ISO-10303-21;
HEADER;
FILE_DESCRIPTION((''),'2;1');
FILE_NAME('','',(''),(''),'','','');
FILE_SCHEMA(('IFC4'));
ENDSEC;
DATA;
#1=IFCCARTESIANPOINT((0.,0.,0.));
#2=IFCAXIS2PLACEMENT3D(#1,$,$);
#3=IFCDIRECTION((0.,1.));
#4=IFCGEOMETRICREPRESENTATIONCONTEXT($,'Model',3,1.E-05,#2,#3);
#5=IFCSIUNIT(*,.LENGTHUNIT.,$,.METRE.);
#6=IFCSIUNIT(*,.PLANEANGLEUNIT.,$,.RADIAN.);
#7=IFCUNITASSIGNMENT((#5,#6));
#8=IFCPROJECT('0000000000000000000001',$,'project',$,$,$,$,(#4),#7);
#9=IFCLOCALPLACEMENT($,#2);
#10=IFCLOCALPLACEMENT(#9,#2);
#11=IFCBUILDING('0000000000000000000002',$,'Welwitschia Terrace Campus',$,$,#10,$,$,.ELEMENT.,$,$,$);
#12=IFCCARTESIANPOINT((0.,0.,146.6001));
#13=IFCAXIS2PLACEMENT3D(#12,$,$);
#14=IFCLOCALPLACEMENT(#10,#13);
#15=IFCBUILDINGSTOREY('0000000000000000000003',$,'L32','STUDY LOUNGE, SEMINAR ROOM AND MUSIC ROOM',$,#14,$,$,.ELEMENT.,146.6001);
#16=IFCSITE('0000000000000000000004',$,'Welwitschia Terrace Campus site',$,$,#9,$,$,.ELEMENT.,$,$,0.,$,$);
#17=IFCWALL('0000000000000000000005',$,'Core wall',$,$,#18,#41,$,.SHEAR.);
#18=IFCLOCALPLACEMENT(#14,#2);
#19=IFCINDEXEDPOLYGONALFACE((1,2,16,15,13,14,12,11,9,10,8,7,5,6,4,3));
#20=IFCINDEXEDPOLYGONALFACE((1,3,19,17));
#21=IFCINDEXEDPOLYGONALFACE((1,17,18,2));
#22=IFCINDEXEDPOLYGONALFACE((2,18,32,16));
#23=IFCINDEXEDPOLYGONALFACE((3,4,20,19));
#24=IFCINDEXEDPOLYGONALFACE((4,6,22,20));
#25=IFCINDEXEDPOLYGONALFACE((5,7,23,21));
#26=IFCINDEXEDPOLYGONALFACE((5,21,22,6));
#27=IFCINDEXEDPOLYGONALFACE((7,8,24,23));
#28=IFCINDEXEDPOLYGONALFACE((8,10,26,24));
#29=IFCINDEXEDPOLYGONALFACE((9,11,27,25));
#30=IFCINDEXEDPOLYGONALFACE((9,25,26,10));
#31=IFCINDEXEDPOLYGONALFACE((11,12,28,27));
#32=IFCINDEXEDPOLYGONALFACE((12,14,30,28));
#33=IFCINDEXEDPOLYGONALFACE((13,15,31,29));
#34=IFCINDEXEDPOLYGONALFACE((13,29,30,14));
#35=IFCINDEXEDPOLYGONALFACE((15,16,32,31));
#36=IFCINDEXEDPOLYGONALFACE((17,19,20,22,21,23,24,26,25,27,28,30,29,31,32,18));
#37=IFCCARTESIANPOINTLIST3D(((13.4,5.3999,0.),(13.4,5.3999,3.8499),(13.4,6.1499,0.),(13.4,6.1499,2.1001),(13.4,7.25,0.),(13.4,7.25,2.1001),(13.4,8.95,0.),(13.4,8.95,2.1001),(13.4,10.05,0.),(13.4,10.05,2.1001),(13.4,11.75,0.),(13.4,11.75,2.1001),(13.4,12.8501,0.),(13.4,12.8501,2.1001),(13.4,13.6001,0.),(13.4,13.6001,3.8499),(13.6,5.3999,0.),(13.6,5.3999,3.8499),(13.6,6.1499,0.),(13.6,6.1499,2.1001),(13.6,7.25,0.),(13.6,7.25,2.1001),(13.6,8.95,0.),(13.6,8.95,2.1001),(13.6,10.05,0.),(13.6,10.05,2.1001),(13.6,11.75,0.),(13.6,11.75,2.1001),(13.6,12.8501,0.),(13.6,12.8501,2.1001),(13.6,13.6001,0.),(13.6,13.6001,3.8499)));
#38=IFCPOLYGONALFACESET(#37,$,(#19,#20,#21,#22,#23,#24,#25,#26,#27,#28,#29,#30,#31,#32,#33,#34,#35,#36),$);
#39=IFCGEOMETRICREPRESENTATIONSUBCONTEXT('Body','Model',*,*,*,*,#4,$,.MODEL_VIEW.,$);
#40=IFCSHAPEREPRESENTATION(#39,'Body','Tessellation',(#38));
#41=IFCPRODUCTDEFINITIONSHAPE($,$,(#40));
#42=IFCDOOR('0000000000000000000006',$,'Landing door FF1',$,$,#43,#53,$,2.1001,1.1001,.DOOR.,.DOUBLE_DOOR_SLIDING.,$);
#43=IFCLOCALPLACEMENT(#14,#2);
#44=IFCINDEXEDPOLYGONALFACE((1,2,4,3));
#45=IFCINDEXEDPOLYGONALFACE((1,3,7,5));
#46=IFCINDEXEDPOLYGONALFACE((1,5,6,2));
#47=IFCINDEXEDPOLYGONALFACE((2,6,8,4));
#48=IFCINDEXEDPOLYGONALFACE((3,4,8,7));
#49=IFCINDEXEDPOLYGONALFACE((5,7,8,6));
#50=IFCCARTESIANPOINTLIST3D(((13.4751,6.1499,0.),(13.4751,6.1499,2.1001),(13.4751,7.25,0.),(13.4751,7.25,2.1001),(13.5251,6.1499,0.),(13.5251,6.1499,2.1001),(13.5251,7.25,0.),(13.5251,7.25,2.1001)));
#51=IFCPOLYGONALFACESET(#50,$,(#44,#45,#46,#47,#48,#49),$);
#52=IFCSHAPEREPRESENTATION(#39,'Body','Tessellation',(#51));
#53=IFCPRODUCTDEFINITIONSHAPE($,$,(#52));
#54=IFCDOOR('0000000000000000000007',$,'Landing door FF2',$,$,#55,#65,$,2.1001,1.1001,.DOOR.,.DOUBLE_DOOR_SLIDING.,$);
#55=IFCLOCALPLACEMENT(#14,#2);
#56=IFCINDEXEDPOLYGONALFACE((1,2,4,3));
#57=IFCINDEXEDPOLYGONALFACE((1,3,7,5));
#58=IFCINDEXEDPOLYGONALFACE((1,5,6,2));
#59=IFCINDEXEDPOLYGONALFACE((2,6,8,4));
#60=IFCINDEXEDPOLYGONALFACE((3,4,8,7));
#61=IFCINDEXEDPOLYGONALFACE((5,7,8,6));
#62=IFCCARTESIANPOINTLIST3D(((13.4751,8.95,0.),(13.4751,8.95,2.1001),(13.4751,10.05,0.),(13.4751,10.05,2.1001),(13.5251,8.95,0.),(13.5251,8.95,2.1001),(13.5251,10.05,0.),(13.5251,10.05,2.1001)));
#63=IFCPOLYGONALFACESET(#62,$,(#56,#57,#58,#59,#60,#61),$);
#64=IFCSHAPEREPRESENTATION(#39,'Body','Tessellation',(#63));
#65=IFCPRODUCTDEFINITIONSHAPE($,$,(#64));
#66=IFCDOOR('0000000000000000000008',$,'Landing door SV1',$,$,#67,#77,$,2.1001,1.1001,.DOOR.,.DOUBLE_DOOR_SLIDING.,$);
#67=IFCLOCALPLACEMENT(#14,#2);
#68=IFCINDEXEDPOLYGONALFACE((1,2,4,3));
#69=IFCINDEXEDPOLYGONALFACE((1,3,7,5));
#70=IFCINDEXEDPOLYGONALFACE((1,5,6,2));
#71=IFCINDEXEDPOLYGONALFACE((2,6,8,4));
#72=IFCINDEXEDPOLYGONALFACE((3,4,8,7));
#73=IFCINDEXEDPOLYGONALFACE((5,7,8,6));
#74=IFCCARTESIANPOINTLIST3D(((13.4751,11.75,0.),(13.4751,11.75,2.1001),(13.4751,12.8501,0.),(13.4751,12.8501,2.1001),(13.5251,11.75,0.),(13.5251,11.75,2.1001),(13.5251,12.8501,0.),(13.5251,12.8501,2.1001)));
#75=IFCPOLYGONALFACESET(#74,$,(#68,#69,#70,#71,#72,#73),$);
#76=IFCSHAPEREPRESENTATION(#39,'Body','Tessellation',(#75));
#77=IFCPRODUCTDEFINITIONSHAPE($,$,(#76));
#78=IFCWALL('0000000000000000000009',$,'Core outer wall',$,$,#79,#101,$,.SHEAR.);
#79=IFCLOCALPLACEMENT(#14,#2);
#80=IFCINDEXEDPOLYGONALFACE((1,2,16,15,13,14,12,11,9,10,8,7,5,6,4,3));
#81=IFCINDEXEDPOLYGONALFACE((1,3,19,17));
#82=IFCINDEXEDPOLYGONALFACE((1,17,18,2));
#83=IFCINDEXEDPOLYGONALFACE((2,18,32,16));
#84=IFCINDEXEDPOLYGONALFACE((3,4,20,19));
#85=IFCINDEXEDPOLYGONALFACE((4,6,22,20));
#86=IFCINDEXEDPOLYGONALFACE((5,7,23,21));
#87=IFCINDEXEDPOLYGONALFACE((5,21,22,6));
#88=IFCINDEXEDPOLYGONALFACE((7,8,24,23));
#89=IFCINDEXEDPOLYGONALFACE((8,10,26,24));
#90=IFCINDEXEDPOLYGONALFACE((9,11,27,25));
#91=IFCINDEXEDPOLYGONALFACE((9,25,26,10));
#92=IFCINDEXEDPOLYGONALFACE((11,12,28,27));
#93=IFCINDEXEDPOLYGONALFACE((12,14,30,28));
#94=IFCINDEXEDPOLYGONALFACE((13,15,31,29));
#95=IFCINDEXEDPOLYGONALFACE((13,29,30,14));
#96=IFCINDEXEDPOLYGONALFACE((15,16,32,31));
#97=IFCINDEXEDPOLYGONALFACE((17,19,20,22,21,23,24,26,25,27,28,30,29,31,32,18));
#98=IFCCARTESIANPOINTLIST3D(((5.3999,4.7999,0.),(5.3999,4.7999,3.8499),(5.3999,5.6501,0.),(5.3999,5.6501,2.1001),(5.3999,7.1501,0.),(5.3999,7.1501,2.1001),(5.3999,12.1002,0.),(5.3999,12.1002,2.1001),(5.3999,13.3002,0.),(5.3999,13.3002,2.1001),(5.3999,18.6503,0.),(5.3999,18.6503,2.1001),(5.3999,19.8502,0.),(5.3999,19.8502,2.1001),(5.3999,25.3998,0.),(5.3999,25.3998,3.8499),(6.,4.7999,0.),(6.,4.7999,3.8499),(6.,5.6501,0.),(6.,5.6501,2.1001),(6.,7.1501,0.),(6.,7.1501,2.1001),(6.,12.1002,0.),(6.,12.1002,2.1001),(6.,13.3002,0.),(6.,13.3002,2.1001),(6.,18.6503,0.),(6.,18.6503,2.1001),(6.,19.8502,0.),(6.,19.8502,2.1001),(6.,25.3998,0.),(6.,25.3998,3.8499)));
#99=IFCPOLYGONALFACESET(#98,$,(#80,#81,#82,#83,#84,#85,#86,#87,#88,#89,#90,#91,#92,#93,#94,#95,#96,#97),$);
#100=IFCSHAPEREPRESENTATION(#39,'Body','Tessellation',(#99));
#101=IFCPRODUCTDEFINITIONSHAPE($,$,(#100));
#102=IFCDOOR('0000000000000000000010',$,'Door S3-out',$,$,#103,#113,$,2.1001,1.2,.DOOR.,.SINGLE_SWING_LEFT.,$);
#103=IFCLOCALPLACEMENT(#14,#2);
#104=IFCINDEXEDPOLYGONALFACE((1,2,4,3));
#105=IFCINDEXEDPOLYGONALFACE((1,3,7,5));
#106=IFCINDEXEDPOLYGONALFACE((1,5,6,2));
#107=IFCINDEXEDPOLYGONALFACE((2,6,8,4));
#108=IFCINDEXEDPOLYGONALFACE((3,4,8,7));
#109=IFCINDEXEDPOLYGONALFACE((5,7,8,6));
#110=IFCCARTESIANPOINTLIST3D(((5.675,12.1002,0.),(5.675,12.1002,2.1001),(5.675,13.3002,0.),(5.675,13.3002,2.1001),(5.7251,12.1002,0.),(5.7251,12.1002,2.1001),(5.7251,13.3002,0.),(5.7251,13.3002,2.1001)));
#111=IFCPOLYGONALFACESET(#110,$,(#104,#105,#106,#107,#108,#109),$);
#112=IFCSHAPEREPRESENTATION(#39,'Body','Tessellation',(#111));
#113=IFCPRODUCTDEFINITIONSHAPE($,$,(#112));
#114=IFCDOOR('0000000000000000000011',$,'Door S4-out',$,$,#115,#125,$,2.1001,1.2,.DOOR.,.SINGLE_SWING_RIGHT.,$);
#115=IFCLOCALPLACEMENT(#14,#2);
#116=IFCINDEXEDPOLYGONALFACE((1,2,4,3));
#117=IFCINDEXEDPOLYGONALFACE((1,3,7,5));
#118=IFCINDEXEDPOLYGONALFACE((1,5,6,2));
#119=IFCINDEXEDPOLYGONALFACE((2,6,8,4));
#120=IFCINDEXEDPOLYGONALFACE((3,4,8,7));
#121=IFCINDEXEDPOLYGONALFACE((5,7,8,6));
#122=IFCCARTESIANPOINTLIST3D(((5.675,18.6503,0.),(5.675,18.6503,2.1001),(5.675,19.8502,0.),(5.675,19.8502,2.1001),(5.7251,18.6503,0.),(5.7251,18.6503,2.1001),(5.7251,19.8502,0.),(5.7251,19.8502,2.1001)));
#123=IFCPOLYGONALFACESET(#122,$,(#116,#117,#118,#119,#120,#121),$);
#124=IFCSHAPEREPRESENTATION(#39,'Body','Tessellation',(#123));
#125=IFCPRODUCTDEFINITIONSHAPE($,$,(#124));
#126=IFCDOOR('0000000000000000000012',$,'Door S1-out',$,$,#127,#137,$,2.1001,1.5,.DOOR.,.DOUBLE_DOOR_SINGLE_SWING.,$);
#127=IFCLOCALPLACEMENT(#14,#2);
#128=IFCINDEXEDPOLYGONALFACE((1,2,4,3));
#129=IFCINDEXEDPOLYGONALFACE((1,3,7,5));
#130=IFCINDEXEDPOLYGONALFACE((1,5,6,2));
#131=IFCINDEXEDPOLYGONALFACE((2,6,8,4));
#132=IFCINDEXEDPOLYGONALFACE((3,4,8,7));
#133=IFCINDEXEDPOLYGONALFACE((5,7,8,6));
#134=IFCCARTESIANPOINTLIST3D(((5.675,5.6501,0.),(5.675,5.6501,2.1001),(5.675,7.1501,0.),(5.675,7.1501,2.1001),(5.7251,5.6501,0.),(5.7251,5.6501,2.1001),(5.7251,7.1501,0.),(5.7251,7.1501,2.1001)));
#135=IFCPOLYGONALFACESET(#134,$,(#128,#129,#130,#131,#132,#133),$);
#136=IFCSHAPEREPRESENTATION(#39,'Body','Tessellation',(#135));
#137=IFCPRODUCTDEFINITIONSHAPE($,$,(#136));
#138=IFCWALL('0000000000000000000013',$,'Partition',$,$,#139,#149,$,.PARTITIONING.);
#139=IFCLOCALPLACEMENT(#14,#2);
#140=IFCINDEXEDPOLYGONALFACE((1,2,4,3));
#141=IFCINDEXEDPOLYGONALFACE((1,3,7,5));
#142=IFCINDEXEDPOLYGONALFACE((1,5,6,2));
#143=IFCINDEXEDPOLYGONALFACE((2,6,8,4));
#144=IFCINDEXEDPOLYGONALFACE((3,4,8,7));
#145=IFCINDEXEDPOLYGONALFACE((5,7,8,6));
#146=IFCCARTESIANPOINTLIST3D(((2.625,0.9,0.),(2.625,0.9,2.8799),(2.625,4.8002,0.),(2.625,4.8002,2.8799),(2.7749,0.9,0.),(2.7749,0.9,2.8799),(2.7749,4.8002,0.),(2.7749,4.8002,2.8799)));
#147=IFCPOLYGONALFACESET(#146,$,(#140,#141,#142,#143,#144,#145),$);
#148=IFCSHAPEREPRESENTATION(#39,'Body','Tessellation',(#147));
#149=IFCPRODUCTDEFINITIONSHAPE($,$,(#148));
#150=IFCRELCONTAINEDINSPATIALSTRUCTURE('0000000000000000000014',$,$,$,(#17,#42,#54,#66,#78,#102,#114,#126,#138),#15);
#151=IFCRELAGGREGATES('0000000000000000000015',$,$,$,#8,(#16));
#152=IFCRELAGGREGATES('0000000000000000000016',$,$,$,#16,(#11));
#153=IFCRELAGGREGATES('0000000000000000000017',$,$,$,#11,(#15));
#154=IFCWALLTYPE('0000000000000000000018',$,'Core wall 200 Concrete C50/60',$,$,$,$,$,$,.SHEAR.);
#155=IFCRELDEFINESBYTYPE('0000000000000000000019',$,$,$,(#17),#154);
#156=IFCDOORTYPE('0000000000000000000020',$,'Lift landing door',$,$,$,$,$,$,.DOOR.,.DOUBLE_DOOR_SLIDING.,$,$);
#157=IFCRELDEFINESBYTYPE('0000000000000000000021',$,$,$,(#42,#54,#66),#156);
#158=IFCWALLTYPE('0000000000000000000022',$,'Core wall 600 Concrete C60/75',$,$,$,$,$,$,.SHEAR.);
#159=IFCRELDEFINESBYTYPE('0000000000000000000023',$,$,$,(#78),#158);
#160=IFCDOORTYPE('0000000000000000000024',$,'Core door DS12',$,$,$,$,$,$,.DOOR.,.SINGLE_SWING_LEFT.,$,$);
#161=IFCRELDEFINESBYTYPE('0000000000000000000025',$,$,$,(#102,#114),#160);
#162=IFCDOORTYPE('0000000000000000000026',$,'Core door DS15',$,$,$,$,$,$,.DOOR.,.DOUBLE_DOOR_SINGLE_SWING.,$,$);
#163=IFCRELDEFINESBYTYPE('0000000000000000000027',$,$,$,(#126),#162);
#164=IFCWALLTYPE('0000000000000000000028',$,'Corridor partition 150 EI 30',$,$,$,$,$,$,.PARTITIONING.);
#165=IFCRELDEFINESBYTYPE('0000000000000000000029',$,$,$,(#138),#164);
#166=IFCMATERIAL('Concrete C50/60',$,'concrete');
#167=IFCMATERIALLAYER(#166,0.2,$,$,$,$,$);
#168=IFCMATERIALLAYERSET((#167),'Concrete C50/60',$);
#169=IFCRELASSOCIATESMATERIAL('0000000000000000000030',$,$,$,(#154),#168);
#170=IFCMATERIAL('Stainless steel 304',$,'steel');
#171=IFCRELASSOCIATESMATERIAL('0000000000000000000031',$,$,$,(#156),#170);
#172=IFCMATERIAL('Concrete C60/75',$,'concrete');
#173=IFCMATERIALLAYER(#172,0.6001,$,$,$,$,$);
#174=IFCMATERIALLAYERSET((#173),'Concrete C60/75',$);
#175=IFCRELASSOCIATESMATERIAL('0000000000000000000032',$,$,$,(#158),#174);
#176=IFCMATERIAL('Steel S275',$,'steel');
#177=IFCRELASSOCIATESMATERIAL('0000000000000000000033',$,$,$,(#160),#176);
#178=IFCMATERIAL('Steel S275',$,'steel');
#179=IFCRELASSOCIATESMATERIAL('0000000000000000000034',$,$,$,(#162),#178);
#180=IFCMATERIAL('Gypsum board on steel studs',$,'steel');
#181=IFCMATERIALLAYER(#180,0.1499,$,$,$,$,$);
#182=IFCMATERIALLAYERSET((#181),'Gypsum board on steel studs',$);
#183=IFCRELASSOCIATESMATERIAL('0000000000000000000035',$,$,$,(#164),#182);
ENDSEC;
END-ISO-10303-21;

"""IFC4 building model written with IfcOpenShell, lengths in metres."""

from ifc_helpers import new_model, si_unit, direction, frame, frame_2d, origin, place, context, subcontext, project, spatial, rectangle, extrude, material, layer, layer_set, type_object, element, fill, save


model = new_model("IFC4")

# Units and contexts
model_context = context("Model", 3, precision=1e-05, world=origin(), true_north=direction((0.0, 1.0)))
body_context = subcontext(model_context, "Body", "Model", "MODEL_VIEW")
ifc_project = project(units=[si_unit("LENGTHUNIT", "METRE"), si_unit("PLANEANGLEUNIT", "RADIAN")], contexts=[model_context])

# Site, building, storey
site_placement = place(None, origin())
site = spatial("IfcSite", under=ifc_project, at=site_placement, Name="Welwitschia Terrace Campus site", CompositionType="ELEMENT", RefElevation=0.0)
building_placement = place(site_placement, origin())
building = spatial("IfcBuilding", under=site, at=building_placement, Name="Welwitschia Terrace Campus", CompositionType="ELEMENT")
storey_placement = place(building_placement, frame((0.0, 0.0, 146.6001)))
storey = spatial("IfcBuildingStorey", under=building, at=storey_placement, Name="L32", Description="STUDY LOUNGE, SEMINAR ROOM AND MUSIC ROOM", CompositionType="ELEMENT", Elevation=146.6001)

# Walls, openings, doors
ifc_material_1 = material(Name="Concrete C50/60", Category="concrete")
ifc_layer_1 = layer(ifc_material_1, 0.2)
ifc_layer_set_1 = layer_set([ifc_layer_1], Name="Concrete C50/60")
wall_type_1 = type_object("IfcWallType", Name="Core wall 200 Concrete C50/60", PredefinedType="SHEAR", material=ifc_layer_set_1)
wall_1_placement = place(storey_placement, frame((13.5, 5.3999, 0.0), z_axis=(0.0, 0.0, 1.0), x_axis=(0.0, 1.0, 0.0)))
wall_1 = element("IfcWall", 1, at=wall_1_placement, inside=storey, type_object=wall_type_1, Name="Core wall", PredefinedType="SHEAR", context=body_context, shape_type="SweptSolid", body=[
    extrude(rectangle(XDim=8.2002, YDim=0.2, at=frame_2d((4.1001, 0.0))), origin(), (0.0, 0.0, 1.0), 3.8499),
])
opening_1_placement = place(wall_1_placement, frame((0.75, 0.0, 0.0)))
opening_1 = element("IfcOpeningElement", 2, at=opening_1_placement, cuts=wall_1, PredefinedType="OPENING", context=body_context, shape_type="SweptSolid", body=[
    extrude(rectangle(XDim=1.1001, YDim=2.1001, at=frame_2d((0.55, 1.05))), frame((0.0, 0.1099, 0.0), z_axis=(0.0, -1.0, 0.0), x_axis=(1.0, 0.0, 0.0)), (0.0, 0.0, 1.0), 0.22),
])
opening_2_placement = place(wall_1_placement, frame((3.55, 0.0, 0.0)))
opening_2 = element("IfcOpeningElement", 3, at=opening_2_placement, cuts=wall_1, PredefinedType="OPENING", context=body_context, shape_type="SweptSolid", body=[
    extrude(rectangle(XDim=1.1001, YDim=2.1001, at=frame_2d((0.55, 1.05))), frame((0.0, 0.1099, 0.0), z_axis=(0.0, -1.0, 0.0), x_axis=(1.0, 0.0, 0.0)), (0.0, 0.0, 1.0), 0.22),
])
opening_3_placement = place(wall_1_placement, frame((6.3501, 0.0, 0.0)))
opening_3 = element("IfcOpeningElement", 4, at=opening_3_placement, cuts=wall_1, PredefinedType="OPENING", context=body_context, shape_type="SweptSolid", body=[
    extrude(rectangle(XDim=1.1001, YDim=2.1001, at=frame_2d((0.55, 1.05))), frame((0.0, 0.1099, 0.0), z_axis=(0.0, -1.0, 0.0), x_axis=(1.0, 0.0, 0.0)), (0.0, 0.0, 1.0), 0.22),
])
ifc_material_2 = material(Name="Stainless steel 304", Category="steel")
door_type_1 = type_object("IfcDoorType", Name="Lift landing door", OperationType="DOUBLE_DOOR_SLIDING", PredefinedType="DOOR", material=ifc_material_2)
door_1_placement = place(opening_1_placement, origin())
door_1 = element("IfcDoor", 5, at=door_1_placement, inside=storey, type_object=door_type_1, Name="Landing door FF1", OperationType="DOUBLE_DOOR_SLIDING", OverallHeight=2.1001, OverallWidth=1.1001, PredefinedType="DOOR", context=body_context, shape_type="SweptSolid", body=[
    extrude(rectangle(XDim=1.1001, YDim=2.1001, at=frame_2d((0.55, 1.05))), frame((0.0, 0.0249, 0.0), z_axis=(0.0, -1.0, 0.0), x_axis=(1.0, 0.0, 0.0)), (0.0, 0.0, 1.0), 0.05),
])
fill(opening_1, door_1)
door_2_placement = place(opening_2_placement, origin())
door_2 = element("IfcDoor", 6, at=door_2_placement, inside=storey, type_object=door_type_1, Name="Landing door FF2", OperationType="DOUBLE_DOOR_SLIDING", OverallHeight=2.1001, OverallWidth=1.1001, PredefinedType="DOOR", context=body_context, shape_type="SweptSolid", body=[
    extrude(rectangle(XDim=1.1001, YDim=2.1001, at=frame_2d((0.55, 1.05))), frame((0.0, 0.0249, 0.0), z_axis=(0.0, -1.0, 0.0), x_axis=(1.0, 0.0, 0.0)), (0.0, 0.0, 1.0), 0.05),
])
fill(opening_2, door_2)
door_3_placement = place(opening_3_placement, origin())
door_3 = element("IfcDoor", 7, at=door_3_placement, inside=storey, type_object=door_type_1, Name="Landing door SV1", OperationType="DOUBLE_DOOR_SLIDING", OverallHeight=2.1001, OverallWidth=1.1001, PredefinedType="DOOR", context=body_context, shape_type="SweptSolid", body=[
    extrude(rectangle(XDim=1.1001, YDim=2.1001, at=frame_2d((0.55, 1.05))), frame((0.0, 0.0249, 0.0), z_axis=(0.0, -1.0, 0.0), x_axis=(1.0, 0.0, 0.0)), (0.0, 0.0, 1.0), 0.05),
])
fill(opening_3, door_3)
ifc_material_3 = material(Name="Concrete C60/75", Category="concrete")
ifc_layer_2 = layer(ifc_material_3, 0.6001)
ifc_layer_set_2 = layer_set([ifc_layer_2], Name="Concrete C60/75")
wall_type_2 = type_object("IfcWallType", Name="Core wall 600 Concrete C60/75", PredefinedType="SHEAR", material=ifc_layer_set_2)
wall_2_placement = place(storey_placement, frame((5.7, 4.8, 0.0), z_axis=(0.0, 0.0, 1.0), x_axis=(0.0, 1.0, 0.0)))
wall_2 = element("IfcWall", 8, at=wall_2_placement, inside=storey, type_object=wall_type_2, Name="Core outer wall", PredefinedType="SHEAR", context=body_context, shape_type="SweptSolid", body=[
    extrude(rectangle(XDim=20.5999, YDim=0.6001, at=frame_2d((10.2998, 0.0))), origin(), (0.0, 0.0, 1.0), 3.8499),
])
opening_4_placement = place(wall_2_placement, frame((0.8501, 0.0, 0.0)))
opening_4 = element("IfcOpeningElement", 9, at=opening_4_placement, cuts=wall_2, PredefinedType="OPENING", context=body_context, shape_type="SweptSolid", body=[
    extrude(rectangle(XDim=1.5, YDim=2.1001, at=frame_2d((0.75, 1.05))), frame((0.0, 0.3101, 0.0), z_axis=(0.0, -1.0, 0.0), x_axis=(1.0, 0.0, 0.0)), (0.0, 0.0, 1.0), 0.6201),
])
opening_5_placement = place(wall_2_placement, frame((7.3, 0.0, 0.0)))
opening_5 = element("IfcOpeningElement", 10, at=opening_5_placement, cuts=wall_2, PredefinedType="OPENING", context=body_context, shape_type="SweptSolid", body=[
    extrude(rectangle(XDim=1.2, YDim=2.1001, at=frame_2d((0.6001, 1.05))), frame((0.0, 0.3101, 0.0), z_axis=(0.0, -1.0, 0.0), x_axis=(1.0, 0.0, 0.0)), (0.0, 0.0, 1.0), 0.6201),
])
opening_6_placement = place(wall_2_placement, frame((13.8501, 0.0, 0.0)))
opening_6 = element("IfcOpeningElement", 11, at=opening_6_placement, cuts=wall_2, PredefinedType="OPENING", context=body_context, shape_type="SweptSolid", body=[
    extrude(rectangle(XDim=1.2, YDim=2.1001, at=frame_2d((0.6001, 1.05))), frame((0.0, 0.3101, 0.0), z_axis=(0.0, -1.0, 0.0), x_axis=(1.0, 0.0, 0.0)), (0.0, 0.0, 1.0), 0.6201),
])
ifc_material_4 = material(Name="Steel S275", Category="steel")
door_type_2 = type_object("IfcDoorType", Name="Core door DS12", OperationType="SINGLE_SWING_LEFT", PredefinedType="DOOR", material=ifc_material_4)
door_4_placement = place(opening_5_placement, origin())
door_4 = element("IfcDoor", 12, at=door_4_placement, inside=storey, type_object=door_type_2, Name="Door S3-out", OperationType="SINGLE_SWING_LEFT", OverallHeight=2.1001, OverallWidth=1.2, PredefinedType="DOOR", context=body_context, shape_type="SweptSolid", body=[
    extrude(rectangle(XDim=1.2, YDim=2.1001, at=frame_2d((0.6001, 1.05))), frame((0.0, 0.0249, 0.0), z_axis=(0.0, -1.0, 0.0), x_axis=(1.0, 0.0, 0.0)), (0.0, 0.0, 1.0), 0.05),
])
fill(opening_5, door_4)
door_5_placement = place(opening_6_placement, origin())
door_5 = element("IfcDoor", 13, at=door_5_placement, inside=storey, type_object=door_type_2, Name="Door S4-out", OperationType="SINGLE_SWING_RIGHT", OverallHeight=2.1001, OverallWidth=1.2, PredefinedType="DOOR", context=body_context, shape_type="SweptSolid", body=[
    extrude(rectangle(XDim=1.2, YDim=2.1001, at=frame_2d((0.6001, 1.05))), frame((0.0, 0.0249, 0.0), z_axis=(0.0, -1.0, 0.0), x_axis=(1.0, 0.0, 0.0)), (0.0, 0.0, 1.0), 0.05),
])
fill(opening_6, door_5)
ifc_material_5 = material(Name="Steel S275", Category="steel")
door_type_3 = type_object("IfcDoorType", Name="Core door DS15", OperationType="DOUBLE_DOOR_SINGLE_SWING", PredefinedType="DOOR", material=ifc_material_5)
door_6_placement = place(opening_4_placement, origin())
door_6 = element("IfcDoor", 14, at=door_6_placement, inside=storey, type_object=door_type_3, Name="Door S1-out", OperationType="DOUBLE_DOOR_SINGLE_SWING", OverallHeight=2.1001, OverallWidth=1.5, PredefinedType="DOOR", context=body_context, shape_type="SweptSolid", body=[
    extrude(rectangle(XDim=1.5, YDim=2.1001, at=frame_2d((0.75, 1.05))), frame((0.0, 0.0249, 0.0), z_axis=(0.0, -1.0, 0.0), x_axis=(1.0, 0.0, 0.0)), (0.0, 0.0, 1.0), 0.05),
])
fill(opening_4, door_6)

# Wall
ifc_material_6 = material(Name="Gypsum board on steel studs", Category="steel")
ifc_layer_3 = layer(ifc_material_6, 0.1499)
ifc_layer_set_3 = layer_set([ifc_layer_3], Name="Gypsum board on steel studs")
wall_type_3 = type_object("IfcWallType", Name="Corridor partition 150 EI 30", PredefinedType="PARTITIONING", material=ifc_layer_set_3)
wall_3_placement = place(storey_placement, frame((2.7, 0.8999, 0.0), z_axis=(0.0, 0.0, 1.0), x_axis=(0.0, 1.0, 0.0)))
element("IfcWall", 15, at=wall_3_placement, inside=storey, type_object=wall_type_3, Name="Partition", PredefinedType="PARTITIONING", context=body_context, shape_type="SweptSolid", body=[
    extrude(rectangle(XDim=3.9001, YDim=0.1499, at=frame_2d((1.9502, 0.0))), origin(), (0.0, 0.0, 1.0), 2.8799),
])

save(model, "model.ifc")
